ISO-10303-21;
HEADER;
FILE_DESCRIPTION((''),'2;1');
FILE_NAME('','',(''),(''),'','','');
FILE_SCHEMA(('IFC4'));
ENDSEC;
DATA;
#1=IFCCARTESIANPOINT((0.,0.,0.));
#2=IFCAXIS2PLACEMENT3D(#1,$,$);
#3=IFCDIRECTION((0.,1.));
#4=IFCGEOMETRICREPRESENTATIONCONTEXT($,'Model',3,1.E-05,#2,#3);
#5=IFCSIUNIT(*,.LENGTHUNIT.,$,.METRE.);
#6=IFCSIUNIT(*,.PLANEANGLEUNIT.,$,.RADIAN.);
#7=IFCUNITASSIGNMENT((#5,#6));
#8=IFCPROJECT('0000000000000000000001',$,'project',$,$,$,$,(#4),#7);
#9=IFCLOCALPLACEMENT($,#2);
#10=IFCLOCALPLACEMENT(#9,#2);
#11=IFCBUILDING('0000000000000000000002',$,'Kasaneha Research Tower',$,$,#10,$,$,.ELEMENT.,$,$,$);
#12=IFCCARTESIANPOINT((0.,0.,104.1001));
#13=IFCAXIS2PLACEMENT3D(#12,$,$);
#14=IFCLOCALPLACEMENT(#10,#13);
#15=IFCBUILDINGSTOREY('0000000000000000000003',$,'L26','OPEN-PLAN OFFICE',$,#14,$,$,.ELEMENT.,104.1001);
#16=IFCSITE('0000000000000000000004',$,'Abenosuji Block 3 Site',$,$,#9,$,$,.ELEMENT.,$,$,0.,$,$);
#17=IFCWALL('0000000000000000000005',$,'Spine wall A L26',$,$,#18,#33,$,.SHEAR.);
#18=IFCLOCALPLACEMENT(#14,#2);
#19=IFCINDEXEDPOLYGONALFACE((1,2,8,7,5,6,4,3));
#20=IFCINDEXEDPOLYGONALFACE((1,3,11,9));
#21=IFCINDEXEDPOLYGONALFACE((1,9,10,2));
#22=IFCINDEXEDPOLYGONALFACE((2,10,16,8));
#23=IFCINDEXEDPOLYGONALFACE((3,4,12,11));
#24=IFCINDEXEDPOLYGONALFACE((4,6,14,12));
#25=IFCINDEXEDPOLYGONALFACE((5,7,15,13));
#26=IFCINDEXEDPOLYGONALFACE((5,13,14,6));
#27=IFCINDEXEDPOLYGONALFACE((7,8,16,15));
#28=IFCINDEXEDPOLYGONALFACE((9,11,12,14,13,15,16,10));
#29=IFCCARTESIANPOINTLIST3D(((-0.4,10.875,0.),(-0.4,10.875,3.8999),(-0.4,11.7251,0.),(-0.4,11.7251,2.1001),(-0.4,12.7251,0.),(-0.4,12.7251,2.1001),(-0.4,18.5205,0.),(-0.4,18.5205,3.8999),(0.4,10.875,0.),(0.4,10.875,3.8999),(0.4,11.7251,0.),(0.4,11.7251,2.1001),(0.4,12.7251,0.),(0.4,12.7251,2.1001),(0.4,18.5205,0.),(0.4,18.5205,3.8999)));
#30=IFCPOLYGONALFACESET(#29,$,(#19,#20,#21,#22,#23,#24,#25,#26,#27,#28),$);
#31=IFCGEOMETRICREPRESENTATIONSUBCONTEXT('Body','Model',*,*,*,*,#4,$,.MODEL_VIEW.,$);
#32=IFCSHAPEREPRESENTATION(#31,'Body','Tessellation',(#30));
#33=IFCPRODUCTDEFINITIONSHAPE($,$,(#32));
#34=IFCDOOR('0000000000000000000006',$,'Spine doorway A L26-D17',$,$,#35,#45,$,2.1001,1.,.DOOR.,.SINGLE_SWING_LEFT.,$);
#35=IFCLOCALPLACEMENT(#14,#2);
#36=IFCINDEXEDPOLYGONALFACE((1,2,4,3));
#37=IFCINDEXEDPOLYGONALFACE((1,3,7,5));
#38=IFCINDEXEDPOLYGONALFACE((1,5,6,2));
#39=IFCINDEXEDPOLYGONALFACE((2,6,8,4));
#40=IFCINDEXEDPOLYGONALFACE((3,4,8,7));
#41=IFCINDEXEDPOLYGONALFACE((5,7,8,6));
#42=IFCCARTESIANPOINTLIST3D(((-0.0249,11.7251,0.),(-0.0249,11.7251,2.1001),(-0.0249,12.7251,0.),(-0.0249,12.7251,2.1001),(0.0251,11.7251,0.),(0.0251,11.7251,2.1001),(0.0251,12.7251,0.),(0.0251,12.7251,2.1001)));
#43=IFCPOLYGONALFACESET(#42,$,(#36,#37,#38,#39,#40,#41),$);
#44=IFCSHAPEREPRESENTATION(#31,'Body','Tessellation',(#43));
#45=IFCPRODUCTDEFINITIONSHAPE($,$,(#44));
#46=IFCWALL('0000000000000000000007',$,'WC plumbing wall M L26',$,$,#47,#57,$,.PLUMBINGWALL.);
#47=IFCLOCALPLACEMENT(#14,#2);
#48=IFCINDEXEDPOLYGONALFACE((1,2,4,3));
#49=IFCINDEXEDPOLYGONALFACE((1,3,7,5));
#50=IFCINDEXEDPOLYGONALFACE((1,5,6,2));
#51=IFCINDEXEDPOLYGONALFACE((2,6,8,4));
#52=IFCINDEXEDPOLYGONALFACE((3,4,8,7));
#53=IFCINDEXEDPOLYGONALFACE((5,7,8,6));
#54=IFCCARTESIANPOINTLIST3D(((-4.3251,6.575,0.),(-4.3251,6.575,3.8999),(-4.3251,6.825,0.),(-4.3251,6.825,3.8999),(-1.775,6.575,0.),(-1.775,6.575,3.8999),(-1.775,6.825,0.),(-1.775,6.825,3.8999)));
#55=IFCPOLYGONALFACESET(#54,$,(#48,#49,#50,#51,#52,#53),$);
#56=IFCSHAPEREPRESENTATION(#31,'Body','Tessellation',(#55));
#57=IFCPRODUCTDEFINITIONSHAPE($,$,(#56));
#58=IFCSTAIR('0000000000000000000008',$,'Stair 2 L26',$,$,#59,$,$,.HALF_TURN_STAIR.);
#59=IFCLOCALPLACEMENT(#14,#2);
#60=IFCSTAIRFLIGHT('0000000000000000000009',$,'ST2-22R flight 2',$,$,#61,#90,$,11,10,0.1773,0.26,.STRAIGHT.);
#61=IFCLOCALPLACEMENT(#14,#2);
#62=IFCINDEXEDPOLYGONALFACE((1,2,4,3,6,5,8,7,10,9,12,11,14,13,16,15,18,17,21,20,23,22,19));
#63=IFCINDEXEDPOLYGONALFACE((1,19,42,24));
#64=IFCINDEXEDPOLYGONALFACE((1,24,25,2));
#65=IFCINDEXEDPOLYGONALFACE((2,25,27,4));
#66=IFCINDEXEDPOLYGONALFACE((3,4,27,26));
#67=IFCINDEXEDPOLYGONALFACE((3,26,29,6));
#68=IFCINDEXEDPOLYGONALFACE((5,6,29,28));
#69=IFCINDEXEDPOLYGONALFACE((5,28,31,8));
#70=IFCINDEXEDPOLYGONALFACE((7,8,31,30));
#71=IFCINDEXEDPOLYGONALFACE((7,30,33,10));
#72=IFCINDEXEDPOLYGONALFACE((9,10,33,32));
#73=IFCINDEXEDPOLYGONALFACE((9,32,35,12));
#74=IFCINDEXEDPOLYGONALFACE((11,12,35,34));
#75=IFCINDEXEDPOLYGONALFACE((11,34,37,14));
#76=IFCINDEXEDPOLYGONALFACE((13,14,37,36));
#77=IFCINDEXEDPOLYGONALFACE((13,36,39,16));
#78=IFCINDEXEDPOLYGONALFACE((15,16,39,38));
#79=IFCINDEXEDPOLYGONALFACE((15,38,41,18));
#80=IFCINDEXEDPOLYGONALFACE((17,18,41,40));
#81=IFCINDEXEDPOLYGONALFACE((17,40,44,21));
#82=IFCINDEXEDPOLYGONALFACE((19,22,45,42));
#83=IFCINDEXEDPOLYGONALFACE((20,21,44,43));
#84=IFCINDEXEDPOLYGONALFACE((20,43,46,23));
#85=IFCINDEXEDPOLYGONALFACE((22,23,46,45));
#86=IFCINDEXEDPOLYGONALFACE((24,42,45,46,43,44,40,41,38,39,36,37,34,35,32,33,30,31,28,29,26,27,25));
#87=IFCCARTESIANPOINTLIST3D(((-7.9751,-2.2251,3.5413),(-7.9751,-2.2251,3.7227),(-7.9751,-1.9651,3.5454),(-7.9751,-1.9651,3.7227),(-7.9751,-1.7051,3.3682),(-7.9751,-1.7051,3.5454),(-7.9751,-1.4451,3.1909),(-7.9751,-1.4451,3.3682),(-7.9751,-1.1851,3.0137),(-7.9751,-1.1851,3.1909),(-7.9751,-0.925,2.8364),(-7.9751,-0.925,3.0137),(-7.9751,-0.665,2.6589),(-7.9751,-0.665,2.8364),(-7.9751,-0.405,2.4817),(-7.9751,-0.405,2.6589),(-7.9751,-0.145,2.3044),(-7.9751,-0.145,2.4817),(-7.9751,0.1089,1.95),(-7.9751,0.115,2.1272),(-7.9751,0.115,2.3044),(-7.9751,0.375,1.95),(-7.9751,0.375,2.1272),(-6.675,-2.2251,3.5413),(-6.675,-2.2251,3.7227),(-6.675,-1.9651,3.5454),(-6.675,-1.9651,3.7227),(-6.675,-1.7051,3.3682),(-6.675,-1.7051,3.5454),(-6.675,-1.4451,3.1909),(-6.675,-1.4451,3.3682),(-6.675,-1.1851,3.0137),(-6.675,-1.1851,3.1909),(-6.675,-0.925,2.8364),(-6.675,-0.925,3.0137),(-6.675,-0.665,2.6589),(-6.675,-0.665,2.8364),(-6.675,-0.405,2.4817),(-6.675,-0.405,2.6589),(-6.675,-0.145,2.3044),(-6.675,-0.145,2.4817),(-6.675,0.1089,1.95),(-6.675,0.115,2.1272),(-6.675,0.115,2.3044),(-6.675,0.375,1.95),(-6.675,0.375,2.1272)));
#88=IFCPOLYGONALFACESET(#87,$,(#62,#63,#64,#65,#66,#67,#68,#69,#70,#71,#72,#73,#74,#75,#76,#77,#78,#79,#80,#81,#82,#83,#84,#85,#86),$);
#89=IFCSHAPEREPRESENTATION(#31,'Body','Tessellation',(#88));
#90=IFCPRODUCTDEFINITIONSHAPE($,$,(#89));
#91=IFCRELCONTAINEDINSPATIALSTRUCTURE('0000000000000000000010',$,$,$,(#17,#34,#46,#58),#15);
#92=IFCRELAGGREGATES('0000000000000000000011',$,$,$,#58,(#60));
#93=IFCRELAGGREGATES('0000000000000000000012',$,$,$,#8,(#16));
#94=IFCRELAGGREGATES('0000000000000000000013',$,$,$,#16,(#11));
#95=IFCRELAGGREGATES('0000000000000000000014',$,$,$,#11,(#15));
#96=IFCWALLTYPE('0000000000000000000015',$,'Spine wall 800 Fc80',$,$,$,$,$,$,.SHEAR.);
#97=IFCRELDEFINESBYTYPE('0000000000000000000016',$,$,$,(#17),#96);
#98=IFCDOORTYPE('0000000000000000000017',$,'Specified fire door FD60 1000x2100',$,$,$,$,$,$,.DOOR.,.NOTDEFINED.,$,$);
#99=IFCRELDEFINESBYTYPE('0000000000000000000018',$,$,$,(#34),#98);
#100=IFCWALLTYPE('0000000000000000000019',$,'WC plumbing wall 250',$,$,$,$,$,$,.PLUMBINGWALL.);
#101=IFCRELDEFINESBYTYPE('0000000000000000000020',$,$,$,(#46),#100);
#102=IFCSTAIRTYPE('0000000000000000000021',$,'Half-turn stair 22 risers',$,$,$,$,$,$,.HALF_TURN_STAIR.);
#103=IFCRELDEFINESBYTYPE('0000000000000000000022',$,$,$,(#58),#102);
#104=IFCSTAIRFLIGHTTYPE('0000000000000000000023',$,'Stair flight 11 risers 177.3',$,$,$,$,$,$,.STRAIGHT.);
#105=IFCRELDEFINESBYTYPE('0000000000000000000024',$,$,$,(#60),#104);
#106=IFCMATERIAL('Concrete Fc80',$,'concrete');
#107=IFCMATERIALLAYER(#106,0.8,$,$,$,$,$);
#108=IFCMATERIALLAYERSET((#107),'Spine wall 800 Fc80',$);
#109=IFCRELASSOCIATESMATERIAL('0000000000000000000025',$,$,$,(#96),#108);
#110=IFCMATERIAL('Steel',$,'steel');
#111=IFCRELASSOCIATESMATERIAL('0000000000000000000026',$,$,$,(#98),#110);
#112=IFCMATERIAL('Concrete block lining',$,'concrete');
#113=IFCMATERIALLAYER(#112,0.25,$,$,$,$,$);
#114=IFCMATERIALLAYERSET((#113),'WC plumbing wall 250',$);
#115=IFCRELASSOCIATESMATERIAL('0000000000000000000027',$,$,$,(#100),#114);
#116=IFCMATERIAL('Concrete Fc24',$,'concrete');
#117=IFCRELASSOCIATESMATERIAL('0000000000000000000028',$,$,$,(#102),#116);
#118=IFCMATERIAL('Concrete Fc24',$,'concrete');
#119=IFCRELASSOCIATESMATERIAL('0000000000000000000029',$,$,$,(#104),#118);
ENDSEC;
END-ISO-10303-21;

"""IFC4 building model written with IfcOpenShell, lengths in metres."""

from ifc_helpers import new_model, si_unit, direction, frame, frame_2d, origin, place, context, subcontext, project, spatial, polyline, rectangle, outline, extrude, material, layer, layer_set, type_object, element, fill, aggregate, save


model = new_model("IFC4")

# Units and contexts
model_context = context("Model", 3, precision=1e-05, world=origin(), true_north=direction((0.0, 1.0)))
body_context = subcontext(model_context, "Body", "Model", "MODEL_VIEW")
ifc_project = project(units=[si_unit("LENGTHUNIT", "METRE"), si_unit("PLANEANGLEUNIT", "RADIAN")], contexts=[model_context])

# Site, building, storey
site_placement = place(None, origin())
site = spatial("IfcSite", under=ifc_project, at=site_placement, Name="Abenosuji Block 3 Site", CompositionType="ELEMENT", RefElevation=0.0)
building_placement = place(site_placement, origin())
building = spatial("IfcBuilding", under=site, at=building_placement, Name="Kasaneha Research Tower", CompositionType="ELEMENT")
storey_placement = place(building_placement, frame((0.0, 0.0, 104.1001)))
storey = spatial("IfcBuildingStorey", under=building, at=storey_placement, Name="L26", Description="OPEN-PLAN OFFICE", CompositionType="ELEMENT", Elevation=104.1001)

# Wall, opening, door
ifc_material_1 = material(Name="Concrete Fc80", Category="concrete")
ifc_layer_1 = layer(ifc_material_1, 0.8)
ifc_layer_set_1 = layer_set([ifc_layer_1], Name="Spine wall 800 Fc80")
wall_type_1 = type_object("IfcWallType", Name="Spine wall 800 Fc80", PredefinedType="SHEAR", material=ifc_layer_set_1)
wall_1_placement = place(storey_placement, frame((0.0, 10.875, 0.0), z_axis=(0.0, 0.0, 1.0), x_axis=(0.0, 1.0, 0.0)))
wall_1 = element("IfcWall", 1, at=wall_1_placement, inside=storey, type_object=wall_type_1, Name="Spine wall A L26", PredefinedType="SHEAR", context=body_context, shape_type="SweptSolid", body=[
    extrude(rectangle(XDim=7.6455, YDim=0.8, at=frame_2d((3.8228, 0.0))), origin(), (0.0, 0.0, 1.0), 3.8999),
])
opening_1_placement = place(wall_1_placement, frame((0.8501, 0.0, 0.0)))
opening_1 = element("IfcOpeningElement", 2, at=opening_1_placement, cuts=wall_1, PredefinedType="OPENING", context=body_context, shape_type="SweptSolid", body=[
    extrude(rectangle(XDim=1.0, YDim=2.1001, at=frame_2d((0.5, 1.05))), frame((0.0, 0.4102, 0.0), z_axis=(0.0, -1.0, 0.0), x_axis=(1.0, 0.0, 0.0)), (0.0, 0.0, 1.0), 0.8201),
])
ifc_material_2 = material(Name="Steel", Category="steel")
door_type_1 = type_object("IfcDoorType", Name="Specified fire door FD60 1000x2100", OperationType="NOTDEFINED", PredefinedType="DOOR", material=ifc_material_2)
door_1_placement = place(opening_1_placement, origin())
door_1 = element("IfcDoor", 3, at=door_1_placement, inside=storey, type_object=door_type_1, Name="Spine doorway A L26-D17", OperationType="SINGLE_SWING_LEFT", OverallHeight=2.1001, OverallWidth=1.0, PredefinedType="DOOR", context=body_context, shape_type="SweptSolid", body=[
    extrude(rectangle(XDim=1.0, YDim=2.1001, at=frame_2d((0.5, 1.05))), frame((0.0, 0.0249, 0.0), z_axis=(0.0, -1.0, 0.0), x_axis=(1.0, 0.0, 0.0)), (0.0, 0.0, 1.0), 0.05),
])
fill(opening_1, door_1)

# Wall
ifc_material_3 = material(Name="Concrete block lining", Category="concrete")
ifc_layer_2 = layer(ifc_material_3, 0.25)
ifc_layer_set_2 = layer_set([ifc_layer_2], Name="WC plumbing wall 250")
wall_type_2 = type_object("IfcWallType", Name="WC plumbing wall 250", PredefinedType="PLUMBINGWALL", material=ifc_layer_set_2)
wall_2_placement = place(storey_placement, frame((-4.325, 6.7, 0.0), z_axis=(0.0, 0.0, 1.0), x_axis=(1.0, 0.0, 0.0)))
element("IfcWall", 4, at=wall_2_placement, inside=storey, type_object=wall_type_2, Name="WC plumbing wall M L26", PredefinedType="PLUMBINGWALL", context=body_context, shape_type="SweptSolid", body=[
    extrude(rectangle(XDim=2.55, YDim=0.25, at=frame_2d((1.2749, 0.0))), origin(), (0.0, 0.0, 1.0), 3.8999),
])

# Stair, stair flight
ifc_material_4 = material(Name="Concrete Fc24", Category="concrete")
stair_type = type_object("IfcStairType", Name="Half-turn stair 22 risers", PredefinedType="HALF_TURN_STAIR", material=ifc_material_4)
stair_placement = place(storey_placement, origin())
stair = element("IfcStair", 5, at=stair_placement, inside=storey, type_object=stair_type, Name="Stair 2 L26", PredefinedType="HALF_TURN_STAIR")
ifc_material_5 = material(Name="Concrete Fc24", Category="concrete")
stair_flight_type = type_object("IfcStairFlightType", Name="Stair flight 11 risers 177.3", PredefinedType="STRAIGHT", material=ifc_material_5)
stair_flight_placement = place(storey_placement, frame((-7.325, 0.375, 1.95), z_axis=(0.0, 0.0, 1.0), x_axis=(0.0, -1.0, 0.0)))
stair_flight = element("IfcStairFlight", 6, at=stair_flight_placement, type_object=stair_flight_type, Name="ST2-22R flight 2", NumberOfRisers=11, NumberOfTreads=10, PredefinedType="STRAIGHT", RiserHeight=0.1773, TreadLength=0.26, context=body_context, shape_type="SweptSolid", body=[
    extrude(outline(polyline([(0.0, 0.0), (0.0, 0.1772), (0.26, 0.1772), (0.26, 0.3545), (0.52, 0.3545), (0.52, 0.5317), (0.78, 0.5317), (0.78, 0.709), (1.04, 0.709), (1.04, 0.8865), (1.3, 0.8865), (1.3, 1.0637), (1.5601, 1.0637), (1.5601, 1.241), (1.8201, 1.241), (1.8201, 1.4182), (2.0801, 1.4182), (2.0801, 1.5955), (2.3401, 1.5955), (2.3401, 1.7727), (2.6001, 1.7727), (2.6001, 1.95), (2.6001, 1.5913), (0.2661, 0.0), (0.0, 0.0)])), frame((0.0, 0.6499, 0.0), z_axis=(0.0, -1.0, 0.0), x_axis=(1.0, 0.0, 0.0)), (0.0, 0.0, 1.0), 1.3),
])
aggregate(stair, [stair_flight])

save(model, "model.ifc")
